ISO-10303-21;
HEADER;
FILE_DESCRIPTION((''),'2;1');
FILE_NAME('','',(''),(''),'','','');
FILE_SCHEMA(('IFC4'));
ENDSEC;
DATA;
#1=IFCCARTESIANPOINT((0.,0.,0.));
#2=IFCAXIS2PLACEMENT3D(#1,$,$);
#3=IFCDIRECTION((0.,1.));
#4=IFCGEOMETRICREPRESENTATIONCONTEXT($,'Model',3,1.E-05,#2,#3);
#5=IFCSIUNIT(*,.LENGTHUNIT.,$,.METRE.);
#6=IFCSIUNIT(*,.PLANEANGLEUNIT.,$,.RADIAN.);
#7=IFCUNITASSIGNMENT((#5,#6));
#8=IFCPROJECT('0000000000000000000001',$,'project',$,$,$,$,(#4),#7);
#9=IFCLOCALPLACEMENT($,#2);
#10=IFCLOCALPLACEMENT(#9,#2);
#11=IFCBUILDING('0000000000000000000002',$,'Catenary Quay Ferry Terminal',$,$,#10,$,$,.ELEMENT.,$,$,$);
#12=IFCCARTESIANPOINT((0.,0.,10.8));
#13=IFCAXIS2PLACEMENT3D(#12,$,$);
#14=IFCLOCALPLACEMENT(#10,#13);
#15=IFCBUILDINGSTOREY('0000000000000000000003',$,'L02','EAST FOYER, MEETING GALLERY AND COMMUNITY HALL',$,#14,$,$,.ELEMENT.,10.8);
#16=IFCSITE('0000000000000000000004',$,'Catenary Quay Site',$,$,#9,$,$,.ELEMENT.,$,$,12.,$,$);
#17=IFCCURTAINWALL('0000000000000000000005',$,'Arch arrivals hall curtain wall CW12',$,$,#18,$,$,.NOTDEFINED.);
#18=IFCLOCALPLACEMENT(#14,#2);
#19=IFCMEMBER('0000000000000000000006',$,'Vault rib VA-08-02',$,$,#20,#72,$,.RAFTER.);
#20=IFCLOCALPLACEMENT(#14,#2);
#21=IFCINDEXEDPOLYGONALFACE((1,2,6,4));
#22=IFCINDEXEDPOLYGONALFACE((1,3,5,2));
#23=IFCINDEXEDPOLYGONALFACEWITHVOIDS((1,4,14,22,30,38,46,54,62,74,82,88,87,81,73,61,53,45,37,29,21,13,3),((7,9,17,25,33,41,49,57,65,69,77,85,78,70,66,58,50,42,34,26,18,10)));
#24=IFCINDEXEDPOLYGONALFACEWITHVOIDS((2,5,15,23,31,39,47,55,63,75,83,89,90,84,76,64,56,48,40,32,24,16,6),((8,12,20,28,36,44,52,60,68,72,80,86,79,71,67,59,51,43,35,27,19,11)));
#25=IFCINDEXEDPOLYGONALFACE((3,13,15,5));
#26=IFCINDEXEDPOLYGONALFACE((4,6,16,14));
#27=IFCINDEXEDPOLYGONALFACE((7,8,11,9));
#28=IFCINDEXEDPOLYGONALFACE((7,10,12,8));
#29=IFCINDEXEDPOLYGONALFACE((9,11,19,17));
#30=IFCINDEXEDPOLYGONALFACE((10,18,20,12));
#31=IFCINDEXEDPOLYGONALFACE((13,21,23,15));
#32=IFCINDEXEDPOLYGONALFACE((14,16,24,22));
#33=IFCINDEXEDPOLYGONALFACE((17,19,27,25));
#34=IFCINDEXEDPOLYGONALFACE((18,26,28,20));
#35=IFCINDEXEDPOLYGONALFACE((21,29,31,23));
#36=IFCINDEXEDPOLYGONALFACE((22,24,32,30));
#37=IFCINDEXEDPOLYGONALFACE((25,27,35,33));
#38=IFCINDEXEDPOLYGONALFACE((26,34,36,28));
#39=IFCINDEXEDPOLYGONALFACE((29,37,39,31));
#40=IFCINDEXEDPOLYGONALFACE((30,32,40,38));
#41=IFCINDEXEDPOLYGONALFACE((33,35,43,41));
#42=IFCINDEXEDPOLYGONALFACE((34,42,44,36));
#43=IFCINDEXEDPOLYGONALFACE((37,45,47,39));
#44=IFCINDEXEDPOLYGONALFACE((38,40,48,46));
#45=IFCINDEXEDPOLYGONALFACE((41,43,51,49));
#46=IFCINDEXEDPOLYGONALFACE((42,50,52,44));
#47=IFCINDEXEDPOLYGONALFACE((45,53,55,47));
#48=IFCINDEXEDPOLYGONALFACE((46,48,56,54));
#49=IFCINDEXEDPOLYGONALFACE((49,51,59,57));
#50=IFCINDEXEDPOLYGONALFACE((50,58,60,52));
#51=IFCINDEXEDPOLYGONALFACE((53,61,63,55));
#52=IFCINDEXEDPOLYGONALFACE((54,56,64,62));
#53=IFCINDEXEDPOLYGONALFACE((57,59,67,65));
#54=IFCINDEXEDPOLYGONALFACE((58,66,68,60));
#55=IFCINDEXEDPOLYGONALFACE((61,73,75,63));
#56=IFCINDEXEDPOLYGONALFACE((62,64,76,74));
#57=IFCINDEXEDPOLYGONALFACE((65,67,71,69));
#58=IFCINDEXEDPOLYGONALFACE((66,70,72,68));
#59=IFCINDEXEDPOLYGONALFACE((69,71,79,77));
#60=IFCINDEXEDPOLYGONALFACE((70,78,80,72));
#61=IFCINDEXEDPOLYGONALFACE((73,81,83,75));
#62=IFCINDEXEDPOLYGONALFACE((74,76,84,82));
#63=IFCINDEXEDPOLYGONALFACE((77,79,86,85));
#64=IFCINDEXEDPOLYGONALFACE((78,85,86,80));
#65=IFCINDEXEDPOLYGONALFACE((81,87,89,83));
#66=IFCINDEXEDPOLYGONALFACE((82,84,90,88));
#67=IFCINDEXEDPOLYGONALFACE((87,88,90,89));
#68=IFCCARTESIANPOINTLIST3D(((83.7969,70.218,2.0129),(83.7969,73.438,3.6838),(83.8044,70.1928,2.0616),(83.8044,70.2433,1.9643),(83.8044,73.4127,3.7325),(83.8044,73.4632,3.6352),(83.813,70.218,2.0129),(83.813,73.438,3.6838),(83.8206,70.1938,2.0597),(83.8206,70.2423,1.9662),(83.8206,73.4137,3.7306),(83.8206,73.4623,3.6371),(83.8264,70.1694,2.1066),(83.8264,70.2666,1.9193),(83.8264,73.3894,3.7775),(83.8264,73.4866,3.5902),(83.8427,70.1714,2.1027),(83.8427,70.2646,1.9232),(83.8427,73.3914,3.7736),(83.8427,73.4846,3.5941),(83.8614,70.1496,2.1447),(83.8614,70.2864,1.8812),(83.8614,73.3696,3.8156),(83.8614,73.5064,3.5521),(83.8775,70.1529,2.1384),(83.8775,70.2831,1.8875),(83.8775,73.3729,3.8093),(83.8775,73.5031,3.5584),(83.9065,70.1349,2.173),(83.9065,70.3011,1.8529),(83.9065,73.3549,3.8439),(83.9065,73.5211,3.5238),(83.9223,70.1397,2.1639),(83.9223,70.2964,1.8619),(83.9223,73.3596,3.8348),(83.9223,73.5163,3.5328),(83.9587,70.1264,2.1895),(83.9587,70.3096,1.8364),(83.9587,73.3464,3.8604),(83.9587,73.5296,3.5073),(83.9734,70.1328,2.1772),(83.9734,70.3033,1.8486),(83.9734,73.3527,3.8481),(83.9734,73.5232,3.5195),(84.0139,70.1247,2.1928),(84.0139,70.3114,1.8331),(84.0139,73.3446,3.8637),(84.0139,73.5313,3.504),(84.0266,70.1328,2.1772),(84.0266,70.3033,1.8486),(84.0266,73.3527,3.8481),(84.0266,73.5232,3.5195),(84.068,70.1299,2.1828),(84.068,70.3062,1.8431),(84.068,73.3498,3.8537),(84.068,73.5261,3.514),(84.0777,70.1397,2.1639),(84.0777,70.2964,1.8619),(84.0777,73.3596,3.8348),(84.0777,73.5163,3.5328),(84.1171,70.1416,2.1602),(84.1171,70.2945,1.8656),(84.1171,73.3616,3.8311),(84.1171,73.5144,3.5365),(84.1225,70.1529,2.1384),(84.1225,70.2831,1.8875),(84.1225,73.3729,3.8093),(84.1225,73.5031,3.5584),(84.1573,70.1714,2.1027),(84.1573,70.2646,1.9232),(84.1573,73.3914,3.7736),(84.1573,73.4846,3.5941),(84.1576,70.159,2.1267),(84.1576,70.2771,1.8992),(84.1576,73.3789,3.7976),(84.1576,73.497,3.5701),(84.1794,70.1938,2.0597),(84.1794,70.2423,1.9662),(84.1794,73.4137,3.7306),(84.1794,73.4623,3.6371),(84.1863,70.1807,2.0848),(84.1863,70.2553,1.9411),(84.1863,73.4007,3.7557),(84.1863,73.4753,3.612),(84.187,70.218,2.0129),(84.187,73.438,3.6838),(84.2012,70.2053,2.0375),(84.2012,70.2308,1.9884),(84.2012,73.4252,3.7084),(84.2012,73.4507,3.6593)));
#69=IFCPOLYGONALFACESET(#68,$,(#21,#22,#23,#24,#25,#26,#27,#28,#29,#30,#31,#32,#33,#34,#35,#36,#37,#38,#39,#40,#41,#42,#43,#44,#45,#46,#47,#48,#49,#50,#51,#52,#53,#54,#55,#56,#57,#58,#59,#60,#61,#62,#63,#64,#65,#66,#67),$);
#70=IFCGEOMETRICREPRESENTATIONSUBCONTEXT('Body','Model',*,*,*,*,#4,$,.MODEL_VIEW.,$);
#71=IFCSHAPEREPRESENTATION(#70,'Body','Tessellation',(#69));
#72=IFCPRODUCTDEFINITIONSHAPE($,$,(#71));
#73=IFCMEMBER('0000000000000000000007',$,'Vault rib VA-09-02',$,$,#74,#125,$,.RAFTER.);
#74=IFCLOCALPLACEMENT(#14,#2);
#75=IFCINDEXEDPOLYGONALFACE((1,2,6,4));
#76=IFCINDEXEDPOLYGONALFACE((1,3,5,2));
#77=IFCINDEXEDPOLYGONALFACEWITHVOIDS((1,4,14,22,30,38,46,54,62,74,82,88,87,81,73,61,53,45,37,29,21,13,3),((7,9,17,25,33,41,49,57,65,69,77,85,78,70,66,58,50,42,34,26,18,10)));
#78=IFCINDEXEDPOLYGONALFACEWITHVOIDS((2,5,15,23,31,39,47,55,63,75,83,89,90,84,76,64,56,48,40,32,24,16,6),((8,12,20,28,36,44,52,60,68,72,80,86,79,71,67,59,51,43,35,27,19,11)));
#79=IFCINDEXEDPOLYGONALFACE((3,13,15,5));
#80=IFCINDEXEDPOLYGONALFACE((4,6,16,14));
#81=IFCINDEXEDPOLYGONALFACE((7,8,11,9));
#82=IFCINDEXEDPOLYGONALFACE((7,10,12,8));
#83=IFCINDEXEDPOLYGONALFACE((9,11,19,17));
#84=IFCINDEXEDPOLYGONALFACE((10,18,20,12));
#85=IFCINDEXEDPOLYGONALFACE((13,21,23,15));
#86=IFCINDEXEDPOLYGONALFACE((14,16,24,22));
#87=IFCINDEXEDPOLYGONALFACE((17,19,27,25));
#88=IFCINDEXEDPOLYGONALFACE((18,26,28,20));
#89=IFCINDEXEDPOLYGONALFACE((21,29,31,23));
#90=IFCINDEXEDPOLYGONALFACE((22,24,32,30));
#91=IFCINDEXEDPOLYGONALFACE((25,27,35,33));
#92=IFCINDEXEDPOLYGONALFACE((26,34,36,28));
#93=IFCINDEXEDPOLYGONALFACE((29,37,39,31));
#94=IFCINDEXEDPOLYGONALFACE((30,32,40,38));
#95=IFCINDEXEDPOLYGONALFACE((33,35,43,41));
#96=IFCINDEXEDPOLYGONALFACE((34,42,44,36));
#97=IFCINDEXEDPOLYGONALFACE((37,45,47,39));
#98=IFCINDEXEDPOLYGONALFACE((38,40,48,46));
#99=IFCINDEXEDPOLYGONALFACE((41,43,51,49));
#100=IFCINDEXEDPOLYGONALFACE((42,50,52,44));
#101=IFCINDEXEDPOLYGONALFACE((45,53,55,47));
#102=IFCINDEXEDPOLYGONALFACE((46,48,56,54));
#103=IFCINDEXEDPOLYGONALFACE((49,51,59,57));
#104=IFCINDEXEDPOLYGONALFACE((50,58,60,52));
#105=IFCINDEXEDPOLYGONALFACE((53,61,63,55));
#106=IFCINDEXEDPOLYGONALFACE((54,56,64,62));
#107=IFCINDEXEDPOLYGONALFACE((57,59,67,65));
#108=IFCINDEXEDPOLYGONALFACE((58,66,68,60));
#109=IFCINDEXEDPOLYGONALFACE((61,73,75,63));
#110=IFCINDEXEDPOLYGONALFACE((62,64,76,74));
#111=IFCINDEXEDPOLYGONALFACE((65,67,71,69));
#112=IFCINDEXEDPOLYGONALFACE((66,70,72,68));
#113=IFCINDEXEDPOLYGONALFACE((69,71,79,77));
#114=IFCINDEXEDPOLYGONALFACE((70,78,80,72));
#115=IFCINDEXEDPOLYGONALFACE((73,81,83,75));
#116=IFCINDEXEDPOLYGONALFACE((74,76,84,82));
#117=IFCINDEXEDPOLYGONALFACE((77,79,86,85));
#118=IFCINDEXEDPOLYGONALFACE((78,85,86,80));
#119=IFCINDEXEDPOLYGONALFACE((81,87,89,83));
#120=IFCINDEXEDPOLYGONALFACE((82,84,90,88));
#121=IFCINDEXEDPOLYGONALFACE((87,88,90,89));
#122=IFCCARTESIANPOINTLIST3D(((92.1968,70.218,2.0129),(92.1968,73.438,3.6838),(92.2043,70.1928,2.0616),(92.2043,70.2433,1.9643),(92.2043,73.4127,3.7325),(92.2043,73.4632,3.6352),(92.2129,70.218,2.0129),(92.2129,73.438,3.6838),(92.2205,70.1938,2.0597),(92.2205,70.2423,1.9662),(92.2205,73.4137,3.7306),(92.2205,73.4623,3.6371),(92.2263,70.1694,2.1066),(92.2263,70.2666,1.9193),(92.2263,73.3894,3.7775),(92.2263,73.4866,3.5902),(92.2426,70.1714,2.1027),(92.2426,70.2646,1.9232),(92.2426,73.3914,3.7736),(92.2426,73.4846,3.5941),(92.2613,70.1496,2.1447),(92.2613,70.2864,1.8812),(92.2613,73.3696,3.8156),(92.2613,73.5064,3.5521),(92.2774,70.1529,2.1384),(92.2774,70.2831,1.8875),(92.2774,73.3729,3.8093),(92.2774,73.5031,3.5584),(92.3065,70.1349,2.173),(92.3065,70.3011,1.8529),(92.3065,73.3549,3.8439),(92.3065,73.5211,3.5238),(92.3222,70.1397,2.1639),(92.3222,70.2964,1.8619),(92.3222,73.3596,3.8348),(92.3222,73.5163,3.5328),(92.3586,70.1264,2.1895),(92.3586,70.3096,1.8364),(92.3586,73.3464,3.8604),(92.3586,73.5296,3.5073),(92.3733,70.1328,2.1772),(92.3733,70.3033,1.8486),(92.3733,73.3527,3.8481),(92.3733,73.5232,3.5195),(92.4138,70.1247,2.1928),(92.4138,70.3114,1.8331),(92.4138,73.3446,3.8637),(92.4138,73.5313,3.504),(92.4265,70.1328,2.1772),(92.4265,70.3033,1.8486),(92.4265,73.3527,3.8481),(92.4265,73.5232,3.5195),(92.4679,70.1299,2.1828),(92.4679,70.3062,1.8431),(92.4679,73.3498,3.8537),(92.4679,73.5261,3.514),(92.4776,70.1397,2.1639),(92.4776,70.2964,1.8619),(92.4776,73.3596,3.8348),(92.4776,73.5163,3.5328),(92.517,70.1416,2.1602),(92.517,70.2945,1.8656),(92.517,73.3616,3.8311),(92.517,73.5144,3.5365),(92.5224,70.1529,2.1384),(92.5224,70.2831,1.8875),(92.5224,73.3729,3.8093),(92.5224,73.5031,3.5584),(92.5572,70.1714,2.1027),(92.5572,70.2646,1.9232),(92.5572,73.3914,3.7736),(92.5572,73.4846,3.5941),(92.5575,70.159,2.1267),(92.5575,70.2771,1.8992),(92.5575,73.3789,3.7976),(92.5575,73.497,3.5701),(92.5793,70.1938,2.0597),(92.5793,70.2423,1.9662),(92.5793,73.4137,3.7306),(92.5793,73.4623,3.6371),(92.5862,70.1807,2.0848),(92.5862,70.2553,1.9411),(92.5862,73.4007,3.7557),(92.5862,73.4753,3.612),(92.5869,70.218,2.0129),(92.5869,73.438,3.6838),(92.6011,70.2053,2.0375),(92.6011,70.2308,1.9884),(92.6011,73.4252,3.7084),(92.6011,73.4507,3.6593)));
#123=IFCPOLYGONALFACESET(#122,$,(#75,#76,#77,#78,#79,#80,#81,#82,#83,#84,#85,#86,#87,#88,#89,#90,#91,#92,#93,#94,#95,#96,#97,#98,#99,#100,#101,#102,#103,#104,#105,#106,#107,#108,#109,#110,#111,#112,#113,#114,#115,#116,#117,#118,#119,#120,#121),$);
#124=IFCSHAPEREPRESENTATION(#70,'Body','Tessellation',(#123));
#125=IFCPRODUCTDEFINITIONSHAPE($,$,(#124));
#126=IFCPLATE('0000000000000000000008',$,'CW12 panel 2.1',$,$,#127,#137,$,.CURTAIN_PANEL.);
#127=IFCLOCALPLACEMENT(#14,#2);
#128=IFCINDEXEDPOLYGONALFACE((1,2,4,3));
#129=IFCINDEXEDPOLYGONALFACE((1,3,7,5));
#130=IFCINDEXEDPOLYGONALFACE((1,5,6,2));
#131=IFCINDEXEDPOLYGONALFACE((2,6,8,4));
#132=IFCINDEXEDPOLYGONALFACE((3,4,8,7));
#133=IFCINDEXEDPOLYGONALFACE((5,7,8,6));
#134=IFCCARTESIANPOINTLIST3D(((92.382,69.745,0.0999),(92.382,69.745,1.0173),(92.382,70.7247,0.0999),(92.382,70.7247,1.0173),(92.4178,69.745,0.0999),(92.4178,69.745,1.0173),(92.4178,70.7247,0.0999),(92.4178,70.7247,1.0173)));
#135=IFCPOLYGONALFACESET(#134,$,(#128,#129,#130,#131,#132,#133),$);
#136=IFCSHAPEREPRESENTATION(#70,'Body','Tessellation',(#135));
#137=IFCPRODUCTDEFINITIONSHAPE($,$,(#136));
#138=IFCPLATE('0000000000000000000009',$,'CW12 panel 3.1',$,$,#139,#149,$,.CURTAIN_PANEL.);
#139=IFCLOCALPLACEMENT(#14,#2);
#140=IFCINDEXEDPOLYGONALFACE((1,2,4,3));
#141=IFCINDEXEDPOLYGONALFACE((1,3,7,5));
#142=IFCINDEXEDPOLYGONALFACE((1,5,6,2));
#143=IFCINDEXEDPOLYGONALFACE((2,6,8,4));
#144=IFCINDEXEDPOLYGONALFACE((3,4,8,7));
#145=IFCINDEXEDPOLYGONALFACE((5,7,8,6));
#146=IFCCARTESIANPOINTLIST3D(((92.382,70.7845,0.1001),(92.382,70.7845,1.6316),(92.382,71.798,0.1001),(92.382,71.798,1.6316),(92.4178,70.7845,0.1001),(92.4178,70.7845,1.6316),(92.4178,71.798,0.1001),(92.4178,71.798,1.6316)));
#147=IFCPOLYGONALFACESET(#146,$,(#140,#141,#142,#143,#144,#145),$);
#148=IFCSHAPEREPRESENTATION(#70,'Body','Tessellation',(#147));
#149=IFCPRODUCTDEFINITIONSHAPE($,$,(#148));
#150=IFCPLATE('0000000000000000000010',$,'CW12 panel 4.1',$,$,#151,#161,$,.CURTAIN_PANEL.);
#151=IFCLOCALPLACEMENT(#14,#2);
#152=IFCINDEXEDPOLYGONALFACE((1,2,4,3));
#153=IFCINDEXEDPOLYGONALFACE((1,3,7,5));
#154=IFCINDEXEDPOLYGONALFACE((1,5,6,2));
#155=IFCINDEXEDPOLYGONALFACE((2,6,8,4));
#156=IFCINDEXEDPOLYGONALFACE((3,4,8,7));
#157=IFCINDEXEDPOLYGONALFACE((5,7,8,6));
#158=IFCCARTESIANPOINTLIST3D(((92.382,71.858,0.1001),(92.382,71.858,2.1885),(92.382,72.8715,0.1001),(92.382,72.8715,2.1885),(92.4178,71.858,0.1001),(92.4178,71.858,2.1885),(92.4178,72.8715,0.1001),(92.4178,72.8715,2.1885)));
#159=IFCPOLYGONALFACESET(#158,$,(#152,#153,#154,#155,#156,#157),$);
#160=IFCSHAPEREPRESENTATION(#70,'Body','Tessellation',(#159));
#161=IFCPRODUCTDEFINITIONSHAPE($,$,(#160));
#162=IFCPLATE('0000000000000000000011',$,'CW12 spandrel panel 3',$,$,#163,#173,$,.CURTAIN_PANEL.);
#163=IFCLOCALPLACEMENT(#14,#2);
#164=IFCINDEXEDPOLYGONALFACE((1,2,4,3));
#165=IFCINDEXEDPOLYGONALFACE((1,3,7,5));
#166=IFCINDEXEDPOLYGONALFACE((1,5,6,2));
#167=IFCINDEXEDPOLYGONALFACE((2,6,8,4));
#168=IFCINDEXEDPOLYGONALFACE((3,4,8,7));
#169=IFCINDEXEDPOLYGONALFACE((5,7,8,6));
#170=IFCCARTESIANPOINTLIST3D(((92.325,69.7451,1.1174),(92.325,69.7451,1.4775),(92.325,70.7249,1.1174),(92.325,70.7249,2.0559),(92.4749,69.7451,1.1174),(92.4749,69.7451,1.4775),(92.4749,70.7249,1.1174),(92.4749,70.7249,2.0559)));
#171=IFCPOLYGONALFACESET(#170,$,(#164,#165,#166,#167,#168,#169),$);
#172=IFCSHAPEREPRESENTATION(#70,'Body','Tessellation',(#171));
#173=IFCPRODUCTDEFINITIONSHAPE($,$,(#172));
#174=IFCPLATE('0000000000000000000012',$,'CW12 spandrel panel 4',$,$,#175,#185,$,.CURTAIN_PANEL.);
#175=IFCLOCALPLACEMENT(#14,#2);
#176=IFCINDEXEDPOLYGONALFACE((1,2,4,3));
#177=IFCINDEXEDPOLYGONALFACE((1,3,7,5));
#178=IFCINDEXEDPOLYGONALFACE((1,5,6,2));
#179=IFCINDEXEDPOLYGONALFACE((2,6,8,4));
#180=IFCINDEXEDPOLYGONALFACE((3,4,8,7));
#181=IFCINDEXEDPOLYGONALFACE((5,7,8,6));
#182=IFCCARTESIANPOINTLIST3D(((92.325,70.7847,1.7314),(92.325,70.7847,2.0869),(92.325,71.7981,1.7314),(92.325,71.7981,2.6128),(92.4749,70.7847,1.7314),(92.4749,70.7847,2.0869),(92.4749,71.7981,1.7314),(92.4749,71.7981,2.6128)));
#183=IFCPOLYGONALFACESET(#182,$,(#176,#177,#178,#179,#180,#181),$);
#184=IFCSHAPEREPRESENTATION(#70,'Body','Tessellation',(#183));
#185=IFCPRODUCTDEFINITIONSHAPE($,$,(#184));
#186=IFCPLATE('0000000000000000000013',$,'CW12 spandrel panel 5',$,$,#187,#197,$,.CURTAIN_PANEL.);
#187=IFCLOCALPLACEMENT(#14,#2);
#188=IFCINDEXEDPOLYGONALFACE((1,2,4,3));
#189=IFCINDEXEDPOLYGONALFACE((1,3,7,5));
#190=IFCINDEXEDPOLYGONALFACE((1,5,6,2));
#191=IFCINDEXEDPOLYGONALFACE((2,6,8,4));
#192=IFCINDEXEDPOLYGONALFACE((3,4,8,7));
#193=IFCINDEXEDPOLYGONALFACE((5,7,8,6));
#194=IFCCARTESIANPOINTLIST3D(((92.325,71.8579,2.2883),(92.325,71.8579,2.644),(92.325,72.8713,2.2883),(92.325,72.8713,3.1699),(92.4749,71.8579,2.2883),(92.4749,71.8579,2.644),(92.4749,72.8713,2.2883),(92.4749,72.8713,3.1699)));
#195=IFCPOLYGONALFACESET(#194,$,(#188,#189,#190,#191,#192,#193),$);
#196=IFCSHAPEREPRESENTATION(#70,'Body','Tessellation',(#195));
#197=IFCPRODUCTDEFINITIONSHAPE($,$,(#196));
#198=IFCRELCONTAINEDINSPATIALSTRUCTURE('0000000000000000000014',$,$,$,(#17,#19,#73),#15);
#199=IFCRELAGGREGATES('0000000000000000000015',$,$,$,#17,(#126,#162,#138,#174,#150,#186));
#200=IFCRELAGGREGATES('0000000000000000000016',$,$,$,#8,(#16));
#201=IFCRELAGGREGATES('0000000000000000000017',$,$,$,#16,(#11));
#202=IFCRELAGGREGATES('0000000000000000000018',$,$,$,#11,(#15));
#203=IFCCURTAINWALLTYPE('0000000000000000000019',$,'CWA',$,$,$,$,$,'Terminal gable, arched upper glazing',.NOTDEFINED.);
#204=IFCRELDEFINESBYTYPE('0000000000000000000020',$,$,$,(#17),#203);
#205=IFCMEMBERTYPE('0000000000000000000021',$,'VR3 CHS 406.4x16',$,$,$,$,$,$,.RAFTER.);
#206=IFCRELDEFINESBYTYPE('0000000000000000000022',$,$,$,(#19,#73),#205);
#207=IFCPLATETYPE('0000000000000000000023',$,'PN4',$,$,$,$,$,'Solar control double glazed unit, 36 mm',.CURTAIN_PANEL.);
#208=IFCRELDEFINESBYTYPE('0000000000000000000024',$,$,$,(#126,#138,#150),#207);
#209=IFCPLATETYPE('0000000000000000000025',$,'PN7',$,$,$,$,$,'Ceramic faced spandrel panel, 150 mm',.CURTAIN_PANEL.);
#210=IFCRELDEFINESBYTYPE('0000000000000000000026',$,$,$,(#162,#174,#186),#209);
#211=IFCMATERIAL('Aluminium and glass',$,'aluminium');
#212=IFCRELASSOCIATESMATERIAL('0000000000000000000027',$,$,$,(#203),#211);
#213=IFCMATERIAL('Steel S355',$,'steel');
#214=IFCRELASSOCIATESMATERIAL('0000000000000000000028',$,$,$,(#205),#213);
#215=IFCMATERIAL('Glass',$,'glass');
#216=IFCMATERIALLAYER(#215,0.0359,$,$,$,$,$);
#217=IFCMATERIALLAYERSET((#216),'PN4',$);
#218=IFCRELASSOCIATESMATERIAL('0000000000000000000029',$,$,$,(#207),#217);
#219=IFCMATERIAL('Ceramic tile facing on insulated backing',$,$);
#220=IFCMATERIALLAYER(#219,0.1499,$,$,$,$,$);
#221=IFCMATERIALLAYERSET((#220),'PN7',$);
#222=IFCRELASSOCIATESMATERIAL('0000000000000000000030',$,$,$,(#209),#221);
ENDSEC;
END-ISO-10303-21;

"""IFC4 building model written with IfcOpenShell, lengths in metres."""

from ifc_helpers import new_model, si_unit, direction, frame, origin, origin_2d, place, context, subcontext, project, spatial, polyline, rectangle, hollow_circle, outline, extrude, material, layer, layer_set, material_profile, profile_set, type_object, element, aggregate, save


model = new_model("IFC4")

# Units and contexts
model_context = context("Model", 3, precision=1e-05, world=origin(), true_north=direction((0.0, 1.0)))
body_context = subcontext(model_context, "Body", "Model", "MODEL_VIEW")
ifc_project = project(units=[si_unit("LENGTHUNIT", "METRE"), si_unit("PLANEANGLEUNIT", "RADIAN")], contexts=[model_context])

# Site, building, storey
site_placement = place(None, origin())
site = spatial("IfcSite", under=ifc_project, at=site_placement, Name="Catenary Quay Site", CompositionType="ELEMENT", RefElevation=12.0)
building_placement = place(site_placement, origin())
building = spatial("IfcBuilding", under=site, at=building_placement, Name="Catenary Quay Ferry Terminal", CompositionType="ELEMENT")
storey_placement = place(building_placement, frame((0.0, 0.0, 10.8)))
storey = spatial("IfcBuildingStorey", under=building, at=storey_placement, Name="L02", Description="EAST FOYER, MEETING GALLERY AND COMMUNITY HALL", CompositionType="ELEMENT", Elevation=10.8)

# Curtain wall
ifc_material_1 = material(Name="Aluminium and glass", Category="aluminium")
curtain_wall_type = type_object("IfcCurtainWallType", Name="CWA", ElementType="Terminal gable, arched upper glazing", PredefinedType="NOTDEFINED", material=ifc_material_1)
curtain_wall_placement = place(storey_placement, origin())
curtain_wall = element("IfcCurtainWall", 1, at=curtain_wall_placement, inside=storey, type_object=curtain_wall_type, Name="Arch arrivals hall curtain wall CW12", PredefinedType="NOTDEFINED")

# Members
ifc_material_2 = material(Name="Steel S355", Category="steel")
ifc_material_profile_1 = material_profile(ifc_material_2, hollow_circle(Radius=0.2031, WallThickness=0.0161, at=origin_2d()), Name="CHS 406.4x16")
ifc_profile_set_1 = profile_set([ifc_material_profile_1], Name="Steel S355")
member_type_1 = type_object("IfcMemberType", Name="VR3 CHS 406.4x16", PredefinedType="RAFTER", material=ifc_profile_set_1)
for number, where, z_axis, x_axis, name in (
    (2, (84.0, 70.218, 2.0129), (0.0, 0.88761, 0.460596), (-1.0, 0.0, 0.0), "Vault rib VA-08-02"),
    (3, (92.3999, 70.218, 2.0129), (0.0, 0.88761, 0.460596), (-1.0, 0.0, 0.0), "Vault rib VA-09-02"),
):
    element("IfcMember", number, at=place(storey_placement, frame(where, z_axis=z_axis, x_axis=x_axis)), inside=storey, type_object=member_type_1, Name=name, PredefinedType="RAFTER", context=body_context, shape_type="SweptSolid", body=[
        extrude(hollow_circle(Radius=0.2031, WallThickness=0.0161, at=origin_2d()), origin(), (0.0, 0.0, 1.0), 3.6277),
    ])

# Plates
ifc_material_3 = material(Name="Glass", Category="glass")
ifc_layer_1 = layer(ifc_material_3, 0.0359)
ifc_layer_set_1 = layer_set([ifc_layer_1], Name="PN4")
plate_type_1 = type_object("IfcPlateType", Name="PN4", ElementType="Solar control double glazed unit, 36 mm", PredefinedType="CURTAIN_PANEL", material=ifc_layer_set_1)
plate_1_placement = place(storey_placement, frame((92.3999, 70.2349, 0.0999), z_axis=(0.0, 0.0, 1.0), x_axis=(0.0, 1.0, 0.0)))
plate_1 = element("IfcPlate", 4, at=plate_1_placement, type_object=plate_type_1, Name="CW12 panel 2.1", PredefinedType="CURTAIN_PANEL", context=body_context, shape_type="SweptSolid", body=[
    extrude(rectangle(XDim=0.9797, YDim=0.0359, at=origin_2d()), origin(), (0.0, 0.0, 1.0), 0.9175),
])
plate_2_placement = place(storey_placement, frame((92.3999, 71.2913, 0.1001), z_axis=(0.0, 0.0, 1.0), x_axis=(0.0, 1.0, 0.0)))
plate_2 = element("IfcPlate", 5, at=plate_2_placement, type_object=plate_type_1, Name="CW12 panel 3.1", PredefinedType="CURTAIN_PANEL", context=body_context, shape_type="SweptSolid", body=[
    extrude(rectangle(XDim=1.0134, YDim=0.0359, at=origin_2d()), origin(), (0.0, 0.0, 1.0), 1.5315),
])
plate_3_placement = place(storey_placement, frame((92.3999, 72.3647, 0.1001), z_axis=(0.0, 0.0, 1.0), x_axis=(0.0, 1.0, 0.0)))
plate_3 = element("IfcPlate", 6, at=plate_3_placement, type_object=plate_type_1, Name="CW12 panel 4.1", PredefinedType="CURTAIN_PANEL", context=body_context, shape_type="SweptSolid", body=[
    extrude(rectangle(XDim=1.0134, YDim=0.0359, at=origin_2d()), origin(), (0.0, 0.0, 1.0), 2.0884),
])
ifc_material_4 = material(Name="Ceramic tile facing on insulated backing")
ifc_layer_2 = layer(ifc_material_4, 0.1499)
ifc_layer_set_2 = layer_set([ifc_layer_2], Name="PN7")
plate_type_2 = type_object("IfcPlateType", Name="PN7", ElementType="Ceramic faced spandrel panel, 150 mm", PredefinedType="CURTAIN_PANEL", material=ifc_layer_set_2)
plate_4_placement = place(storey_placement, frame((92.3999, 69.7451, 1.1174), z_axis=(0.0, 0.0, 1.0), x_axis=(0.0, 1.0, 0.0)))
plate_4 = element("IfcPlate", 7, at=plate_4_placement, type_object=plate_type_2, Name="CW12 spandrel panel 3", PredefinedType="CURTAIN_PANEL", context=body_context, shape_type="SweptSolid", body=[
    extrude(outline(polyline([(0.0, 0.0), (0.9797, 0.0), (0.9797, 0.9385), (0.0, 0.3601), (0.0, 0.0)])), frame((0.0, 0.075, 0.0), z_axis=(0.0, -1.0, 0.0), x_axis=(1.0, 0.0, 0.0)), (0.0, 0.0, 1.0), 0.1499),
])
plate_5_placement = place(storey_placement, frame((92.3999, 70.7847, 1.7314), z_axis=(0.0, 0.0, 1.0), x_axis=(0.0, 1.0, 0.0)))
plate_5 = element("IfcPlate", 8, at=plate_5_placement, type_object=plate_type_2, Name="CW12 spandrel panel 4", PredefinedType="CURTAIN_PANEL", context=body_context, shape_type="SweptSolid", body=[
    extrude(outline(polyline([(0.0, 0.0), (1.0134, 0.0), (1.0134, 0.8813), (0.0, 0.3555), (0.0, 0.0)])), frame((0.0, 0.075, 0.0), z_axis=(0.0, -1.0, 0.0), x_axis=(1.0, 0.0, 0.0)), (0.0, 0.0, 1.0), 0.1499),
])
plate_6_placement = place(storey_placement, frame((92.3999, 71.8579, 2.2883), z_axis=(0.0, 0.0, 1.0), x_axis=(0.0, 1.0, 0.0)))
plate_6 = element("IfcPlate", 9, at=plate_6_placement, type_object=plate_type_2, Name="CW12 spandrel panel 5", PredefinedType="CURTAIN_PANEL", context=body_context, shape_type="SweptSolid", body=[
    extrude(outline(polyline([(0.0, 0.0), (1.0134, 0.0), (1.0134, 0.8816), (0.0, 0.3557), (0.0, 0.0)])), frame((0.0, 0.075, 0.0), z_axis=(0.0, -1.0, 0.0), x_axis=(1.0, 0.0, 0.0)), (0.0, 0.0, 1.0), 0.1499),
])
aggregate(curtain_wall, [plate_1, plate_4, plate_2, plate_5, plate_3, plate_6])

save(model, "model.ifc")
